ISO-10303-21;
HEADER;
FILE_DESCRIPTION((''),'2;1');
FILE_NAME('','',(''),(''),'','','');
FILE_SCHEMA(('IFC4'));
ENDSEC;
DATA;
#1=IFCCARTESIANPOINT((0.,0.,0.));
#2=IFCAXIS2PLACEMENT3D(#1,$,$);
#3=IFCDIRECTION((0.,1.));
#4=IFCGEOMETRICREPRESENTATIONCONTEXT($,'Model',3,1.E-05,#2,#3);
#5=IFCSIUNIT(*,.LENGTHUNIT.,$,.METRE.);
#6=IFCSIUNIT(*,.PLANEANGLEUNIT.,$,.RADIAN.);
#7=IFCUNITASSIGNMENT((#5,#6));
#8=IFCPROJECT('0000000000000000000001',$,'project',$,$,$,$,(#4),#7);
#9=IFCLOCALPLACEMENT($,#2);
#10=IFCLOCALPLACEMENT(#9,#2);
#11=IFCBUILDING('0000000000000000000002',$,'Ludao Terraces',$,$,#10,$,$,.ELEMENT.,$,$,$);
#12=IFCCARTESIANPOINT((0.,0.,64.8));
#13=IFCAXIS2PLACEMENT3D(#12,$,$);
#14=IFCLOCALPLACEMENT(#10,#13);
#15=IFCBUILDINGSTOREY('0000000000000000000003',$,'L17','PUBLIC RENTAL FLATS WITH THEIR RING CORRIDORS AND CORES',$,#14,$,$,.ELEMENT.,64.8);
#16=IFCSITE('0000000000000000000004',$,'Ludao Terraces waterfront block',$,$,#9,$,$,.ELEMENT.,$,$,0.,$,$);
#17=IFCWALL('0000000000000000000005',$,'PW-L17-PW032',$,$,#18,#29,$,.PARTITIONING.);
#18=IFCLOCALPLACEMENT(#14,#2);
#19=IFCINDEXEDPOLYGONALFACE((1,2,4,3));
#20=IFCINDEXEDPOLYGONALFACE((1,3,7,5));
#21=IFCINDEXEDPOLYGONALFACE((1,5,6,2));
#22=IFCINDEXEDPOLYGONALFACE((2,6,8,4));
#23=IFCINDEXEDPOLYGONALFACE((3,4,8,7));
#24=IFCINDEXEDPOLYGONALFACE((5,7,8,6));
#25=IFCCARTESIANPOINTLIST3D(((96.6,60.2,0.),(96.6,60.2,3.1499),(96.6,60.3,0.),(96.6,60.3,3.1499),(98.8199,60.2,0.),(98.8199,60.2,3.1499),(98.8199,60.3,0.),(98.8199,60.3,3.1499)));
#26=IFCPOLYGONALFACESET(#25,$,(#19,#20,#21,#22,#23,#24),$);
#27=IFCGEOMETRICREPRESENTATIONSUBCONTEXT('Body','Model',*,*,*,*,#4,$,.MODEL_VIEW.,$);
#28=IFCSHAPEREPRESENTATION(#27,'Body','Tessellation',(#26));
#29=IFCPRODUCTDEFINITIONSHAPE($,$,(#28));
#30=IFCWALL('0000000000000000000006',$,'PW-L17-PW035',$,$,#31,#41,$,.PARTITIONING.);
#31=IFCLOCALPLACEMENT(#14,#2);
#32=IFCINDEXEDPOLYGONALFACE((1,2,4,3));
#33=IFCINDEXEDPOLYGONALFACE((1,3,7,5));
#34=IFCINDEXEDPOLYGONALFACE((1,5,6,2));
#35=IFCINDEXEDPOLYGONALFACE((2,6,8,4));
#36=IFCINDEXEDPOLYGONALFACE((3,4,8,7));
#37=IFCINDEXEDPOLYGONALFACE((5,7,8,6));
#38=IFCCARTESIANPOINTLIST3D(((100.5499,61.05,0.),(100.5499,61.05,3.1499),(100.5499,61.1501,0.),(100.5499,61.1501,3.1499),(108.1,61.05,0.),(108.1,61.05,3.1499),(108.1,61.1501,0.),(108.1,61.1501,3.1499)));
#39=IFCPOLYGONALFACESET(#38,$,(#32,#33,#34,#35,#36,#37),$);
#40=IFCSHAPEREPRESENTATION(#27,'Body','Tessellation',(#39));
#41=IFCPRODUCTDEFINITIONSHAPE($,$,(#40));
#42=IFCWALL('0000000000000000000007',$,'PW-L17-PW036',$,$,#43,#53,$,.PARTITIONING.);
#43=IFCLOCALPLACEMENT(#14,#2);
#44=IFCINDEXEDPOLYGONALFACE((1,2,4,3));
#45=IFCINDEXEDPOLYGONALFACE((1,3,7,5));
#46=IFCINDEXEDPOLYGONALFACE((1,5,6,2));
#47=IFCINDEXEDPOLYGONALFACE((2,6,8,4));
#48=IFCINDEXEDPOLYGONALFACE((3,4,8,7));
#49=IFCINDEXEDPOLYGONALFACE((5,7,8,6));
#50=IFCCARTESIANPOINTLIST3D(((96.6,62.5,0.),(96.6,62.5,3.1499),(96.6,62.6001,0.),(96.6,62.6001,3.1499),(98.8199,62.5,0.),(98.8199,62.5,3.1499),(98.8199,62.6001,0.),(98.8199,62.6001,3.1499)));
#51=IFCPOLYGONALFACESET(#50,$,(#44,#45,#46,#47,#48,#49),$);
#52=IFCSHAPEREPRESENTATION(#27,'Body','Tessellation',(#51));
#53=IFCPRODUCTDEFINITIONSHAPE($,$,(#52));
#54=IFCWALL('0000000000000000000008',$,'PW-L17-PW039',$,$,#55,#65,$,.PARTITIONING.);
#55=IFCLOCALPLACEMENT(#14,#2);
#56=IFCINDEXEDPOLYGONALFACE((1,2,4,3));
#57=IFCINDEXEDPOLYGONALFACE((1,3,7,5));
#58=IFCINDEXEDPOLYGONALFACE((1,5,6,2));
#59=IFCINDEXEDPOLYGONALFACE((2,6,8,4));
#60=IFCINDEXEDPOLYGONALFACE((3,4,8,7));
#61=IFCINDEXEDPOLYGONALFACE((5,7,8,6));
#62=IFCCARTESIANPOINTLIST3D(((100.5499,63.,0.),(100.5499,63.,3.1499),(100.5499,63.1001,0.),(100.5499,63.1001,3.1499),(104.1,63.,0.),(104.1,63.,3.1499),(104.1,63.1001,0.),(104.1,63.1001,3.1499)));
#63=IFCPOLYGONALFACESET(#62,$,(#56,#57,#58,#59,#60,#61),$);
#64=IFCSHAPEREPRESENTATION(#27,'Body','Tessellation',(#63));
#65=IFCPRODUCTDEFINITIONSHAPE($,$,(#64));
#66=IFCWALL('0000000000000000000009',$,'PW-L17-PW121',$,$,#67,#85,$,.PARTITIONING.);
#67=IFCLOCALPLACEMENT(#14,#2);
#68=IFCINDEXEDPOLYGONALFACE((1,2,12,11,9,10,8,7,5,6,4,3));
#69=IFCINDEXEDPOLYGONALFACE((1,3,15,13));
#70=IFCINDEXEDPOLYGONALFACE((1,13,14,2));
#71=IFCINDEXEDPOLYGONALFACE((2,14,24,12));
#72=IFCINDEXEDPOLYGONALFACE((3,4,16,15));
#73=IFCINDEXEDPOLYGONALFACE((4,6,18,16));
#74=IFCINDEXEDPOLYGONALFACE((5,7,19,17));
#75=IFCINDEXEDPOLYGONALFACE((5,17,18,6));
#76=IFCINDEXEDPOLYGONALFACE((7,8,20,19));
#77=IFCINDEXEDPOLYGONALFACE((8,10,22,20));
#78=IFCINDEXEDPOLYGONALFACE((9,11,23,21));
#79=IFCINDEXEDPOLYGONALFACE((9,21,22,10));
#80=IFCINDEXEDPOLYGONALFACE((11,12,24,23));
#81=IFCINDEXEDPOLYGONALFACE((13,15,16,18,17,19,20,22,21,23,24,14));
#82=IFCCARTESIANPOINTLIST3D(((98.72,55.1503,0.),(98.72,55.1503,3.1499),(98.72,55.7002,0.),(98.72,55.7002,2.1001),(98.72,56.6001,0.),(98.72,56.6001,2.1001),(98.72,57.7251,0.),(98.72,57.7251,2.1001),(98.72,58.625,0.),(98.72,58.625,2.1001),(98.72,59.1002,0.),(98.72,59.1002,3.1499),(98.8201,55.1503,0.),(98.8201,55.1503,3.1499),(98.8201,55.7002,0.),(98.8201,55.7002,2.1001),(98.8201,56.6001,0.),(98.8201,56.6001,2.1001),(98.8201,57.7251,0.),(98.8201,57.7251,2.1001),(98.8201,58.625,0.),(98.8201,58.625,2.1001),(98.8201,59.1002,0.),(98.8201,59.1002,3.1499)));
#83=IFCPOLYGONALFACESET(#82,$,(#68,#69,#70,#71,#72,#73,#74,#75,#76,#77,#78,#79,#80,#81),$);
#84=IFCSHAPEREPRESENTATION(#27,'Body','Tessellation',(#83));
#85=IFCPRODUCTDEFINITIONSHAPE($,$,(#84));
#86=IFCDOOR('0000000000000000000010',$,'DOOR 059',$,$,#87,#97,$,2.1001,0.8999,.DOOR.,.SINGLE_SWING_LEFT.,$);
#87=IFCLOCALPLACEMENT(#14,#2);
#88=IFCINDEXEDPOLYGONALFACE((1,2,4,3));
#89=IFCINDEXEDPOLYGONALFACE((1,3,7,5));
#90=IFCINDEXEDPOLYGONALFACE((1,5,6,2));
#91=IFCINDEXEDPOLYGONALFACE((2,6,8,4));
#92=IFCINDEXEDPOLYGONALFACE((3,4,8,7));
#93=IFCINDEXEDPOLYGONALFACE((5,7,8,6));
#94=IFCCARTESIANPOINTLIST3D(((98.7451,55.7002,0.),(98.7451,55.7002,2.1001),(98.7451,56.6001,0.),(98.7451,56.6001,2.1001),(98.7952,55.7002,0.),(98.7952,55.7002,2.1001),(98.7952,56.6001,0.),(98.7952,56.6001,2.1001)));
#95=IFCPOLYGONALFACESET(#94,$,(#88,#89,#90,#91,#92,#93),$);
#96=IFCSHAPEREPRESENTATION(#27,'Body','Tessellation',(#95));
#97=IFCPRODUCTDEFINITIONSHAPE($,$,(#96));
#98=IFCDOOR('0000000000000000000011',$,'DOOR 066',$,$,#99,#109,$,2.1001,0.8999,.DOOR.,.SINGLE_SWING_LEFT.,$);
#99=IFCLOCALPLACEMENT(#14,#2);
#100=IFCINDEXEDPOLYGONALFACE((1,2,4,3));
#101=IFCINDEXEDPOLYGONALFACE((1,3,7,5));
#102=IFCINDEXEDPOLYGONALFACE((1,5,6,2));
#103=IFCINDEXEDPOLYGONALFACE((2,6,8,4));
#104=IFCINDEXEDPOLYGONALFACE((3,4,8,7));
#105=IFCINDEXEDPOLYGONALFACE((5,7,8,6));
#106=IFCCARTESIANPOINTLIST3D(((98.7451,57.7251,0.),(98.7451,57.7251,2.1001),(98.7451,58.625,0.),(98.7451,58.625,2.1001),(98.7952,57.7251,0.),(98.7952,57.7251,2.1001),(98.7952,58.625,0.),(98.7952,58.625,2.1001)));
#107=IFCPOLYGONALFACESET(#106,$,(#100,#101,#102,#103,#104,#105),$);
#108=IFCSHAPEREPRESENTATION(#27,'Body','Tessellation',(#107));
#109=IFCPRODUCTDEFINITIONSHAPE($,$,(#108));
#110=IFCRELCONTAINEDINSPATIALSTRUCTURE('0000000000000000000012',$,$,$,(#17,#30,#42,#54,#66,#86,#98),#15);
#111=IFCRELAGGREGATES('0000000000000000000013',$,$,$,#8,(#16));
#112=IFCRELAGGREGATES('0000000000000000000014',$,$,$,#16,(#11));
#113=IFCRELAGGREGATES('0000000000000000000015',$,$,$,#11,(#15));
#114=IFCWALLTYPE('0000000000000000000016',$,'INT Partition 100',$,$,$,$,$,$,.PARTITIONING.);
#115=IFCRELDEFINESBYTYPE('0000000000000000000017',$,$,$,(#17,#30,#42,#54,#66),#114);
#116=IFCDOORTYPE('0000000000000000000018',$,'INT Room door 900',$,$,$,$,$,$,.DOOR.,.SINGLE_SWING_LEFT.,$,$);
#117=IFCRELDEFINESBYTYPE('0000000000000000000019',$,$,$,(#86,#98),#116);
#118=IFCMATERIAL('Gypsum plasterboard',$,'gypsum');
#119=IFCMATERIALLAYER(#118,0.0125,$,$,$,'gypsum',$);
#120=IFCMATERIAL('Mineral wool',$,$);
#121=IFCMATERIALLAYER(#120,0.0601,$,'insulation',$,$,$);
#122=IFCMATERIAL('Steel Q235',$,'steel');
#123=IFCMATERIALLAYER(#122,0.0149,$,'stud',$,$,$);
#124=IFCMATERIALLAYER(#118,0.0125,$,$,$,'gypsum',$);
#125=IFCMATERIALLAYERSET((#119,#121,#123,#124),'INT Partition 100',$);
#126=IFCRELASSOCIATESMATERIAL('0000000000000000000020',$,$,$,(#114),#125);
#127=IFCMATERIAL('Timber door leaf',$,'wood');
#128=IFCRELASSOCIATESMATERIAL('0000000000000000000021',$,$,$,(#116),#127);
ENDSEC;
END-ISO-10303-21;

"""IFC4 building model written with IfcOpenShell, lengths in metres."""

from ifc_helpers import new_model, si_unit, direction, frame, frame_2d, origin, place, context, subcontext, project, spatial, rectangle, extrude, material, layer, layer_set, type_object, element, fill, save


model = new_model("IFC4")

# Units and contexts
model_context = context("Model", 3, precision=1e-05, world=origin(), true_north=direction((0.0, 1.0)))
body_context = subcontext(model_context, "Body", "Model", "MODEL_VIEW")
ifc_project = project(units=[si_unit("LENGTHUNIT", "METRE"), si_unit("PLANEANGLEUNIT", "RADIAN")], contexts=[model_context])

# Site, building, storey
site_placement = place(None, origin())
site = spatial("IfcSite", under=ifc_project, at=site_placement, Name="Ludao Terraces waterfront block", CompositionType="ELEMENT", RefElevation=0.0)
building_placement = place(site_placement, origin())
building = spatial("IfcBuilding", under=site, at=building_placement, Name="Ludao Terraces", CompositionType="ELEMENT")
storey_placement = place(building_placement, frame((0.0, 0.0, 64.8)))
storey = spatial("IfcBuildingStorey", under=building, at=storey_placement, Name="L17", Description="PUBLIC RENTAL FLATS WITH THEIR RING CORRIDORS AND CORES", CompositionType="ELEMENT", Elevation=64.8)

# Shared definitions
ifc_material_1 = material(Name="Steel Q235", Category="steel")

# Walls
ifc_material_2 = material(Name="Gypsum plasterboard", Category="gypsum")
ifc_layer_1 = layer(ifc_material_2, 0.0125, Category="gypsum")
ifc_material_3 = material(Name="Mineral wool")
ifc_layer_2 = layer(ifc_material_3, 0.0601, Name="insulation")
ifc_layer_3 = layer(ifc_material_1, 0.0149, Name="stud")
ifc_layer_4 = layer(ifc_material_2, 0.0125, Category="gypsum")
ifc_layer_set_1 = layer_set([ifc_layer_1, ifc_layer_2, ifc_layer_3, ifc_layer_4], Name="INT Partition 100")
wall_type_1 = type_object("IfcWallType", Name="INT Partition 100", PredefinedType="PARTITIONING", material=ifc_layer_set_1)
for number, where, z_axis, x_axis, name in (
    (1, (96.6001, 60.25, 0.0), (0.0, 0.0, 1.0), (1.0, 0.0, 0.0), "PW-L17-PW032"),
):
    element("IfcWall", number, at=place(storey_placement, frame(where, z_axis=z_axis, x_axis=x_axis)), inside=storey, type_object=wall_type_1, Name=name, PredefinedType="PARTITIONING", context=body_context, shape_type="SweptSolid", body=[
        extrude(rectangle(XDim=2.22, YDim=0.1001, at=frame_2d((1.1099, 0.0))), origin(), (0.0, 0.0, 1.0), 3.1499),
    ])
wall_1_placement = place(storey_placement, frame((100.55, 61.1001, 0.0), z_axis=(0.0, 0.0, 1.0), x_axis=(1.0, 0.0, 0.0)))
element("IfcWall", 2, at=wall_1_placement, inside=storey, type_object=wall_type_1, Name="PW-L17-PW035", PredefinedType="PARTITIONING", context=body_context, shape_type="SweptSolid", body=[
    extrude(rectangle(XDim=7.55, YDim=0.1001, at=frame_2d((3.7749, 0.0))), origin(), (0.0, 0.0, 1.0), 3.1499),
])
wall_2_placement = place(storey_placement, frame((96.6001, 62.55, 0.0), z_axis=(0.0, 0.0, 1.0), x_axis=(1.0, 0.0, 0.0)))
element("IfcWall", 3, at=wall_2_placement, inside=storey, type_object=wall_type_1, Name="PW-L17-PW036", PredefinedType="PARTITIONING", context=body_context, shape_type="SweptSolid", body=[
    extrude(rectangle(XDim=2.22, YDim=0.1001, at=frame_2d((1.1099, 0.0))), origin(), (0.0, 0.0, 1.0), 3.1499),
])
wall_3_placement = place(storey_placement, frame((100.55, 63.05, 0.0), z_axis=(0.0, 0.0, 1.0), x_axis=(1.0, 0.0, 0.0)))
element("IfcWall", 4, at=wall_3_placement, inside=storey, type_object=wall_type_1, Name="PW-L17-PW039", PredefinedType="PARTITIONING", context=body_context, shape_type="SweptSolid", body=[
    extrude(rectangle(XDim=3.55, YDim=0.1001, at=frame_2d((1.7749, 0.0))), origin(), (0.0, 0.0, 1.0), 3.1499),
])

# Wall, openings, doors
wall_4_placement = place(storey_placement, frame((98.77, 55.1501, 0.0), z_axis=(0.0, 0.0, 1.0), x_axis=(0.0, 1.0, 0.0)))
wall_4 = element("IfcWall", 5, at=wall_4_placement, inside=storey, type_object=wall_type_1, Name="PW-L17-PW121", PredefinedType="PARTITIONING", context=body_context, shape_type="SweptSolid", body=[
    extrude(rectangle(XDim=3.95, YDim=0.1001, at=frame_2d((1.9751, 0.0))), origin(), (0.0, 0.0, 1.0), 3.1499),
])
opening_1_placement = place(wall_4_placement, frame((0.55, 0.0, 0.0)))
opening_1 = element("IfcOpeningElement", 6, at=opening_1_placement, cuts=wall_4, PredefinedType="OPENING", context=body_context, shape_type="SweptSolid", body=[
    extrude(rectangle(XDim=0.8999, YDim=2.1001, at=frame_2d((0.45, 1.05))), frame((0.0, 0.0601, 0.0), z_axis=(0.0, -1.0, 0.0), x_axis=(1.0, 0.0, 0.0)), (0.0, 0.0, 1.0), 0.1201),
])
opening_2_placement = place(wall_4_placement, frame((2.575, 0.0, 0.0)))
opening_2 = element("IfcOpeningElement", 7, at=opening_2_placement, cuts=wall_4, PredefinedType="OPENING", context=body_context, shape_type="SweptSolid", body=[
    extrude(rectangle(XDim=0.8999, YDim=2.1001, at=frame_2d((0.45, 1.05))), frame((0.0, 0.0601, 0.0), z_axis=(0.0, -1.0, 0.0), x_axis=(1.0, 0.0, 0.0)), (0.0, 0.0, 1.0), 0.1201),
])
ifc_material_4 = material(Name="Timber door leaf", Category="wood")
door_type_1 = type_object("IfcDoorType", Name="INT Room door 900", OperationType="SINGLE_SWING_LEFT", PredefinedType="DOOR", material=ifc_material_4)
door_1_placement = place(opening_1_placement, origin())
door_1 = element("IfcDoor", 8, at=door_1_placement, inside=storey, type_object=door_type_1, Name="DOOR 059", OperationType="SINGLE_SWING_LEFT", OverallHeight=2.1001, OverallWidth=0.8999, PredefinedType="DOOR", context=body_context, shape_type="SweptSolid", body=[
    extrude(rectangle(XDim=0.8999, YDim=2.1001, at=frame_2d((0.45, 1.05))), frame((0.0, 0.0249, 0.0), z_axis=(0.0, -1.0, 0.0), x_axis=(1.0, 0.0, 0.0)), (0.0, 0.0, 1.0), 0.05),
])
fill(opening_1, door_1)
door_2_placement = place(opening_2_placement, origin())
door_2 = element("IfcDoor", 9, at=door_2_placement, inside=storey, type_object=door_type_1, Name="DOOR 066", OperationType="SINGLE_SWING_LEFT", OverallHeight=2.1001, OverallWidth=0.8999, PredefinedType="DOOR", context=body_context, shape_type="SweptSolid", body=[
    extrude(rectangle(XDim=0.8999, YDim=2.1001, at=frame_2d((0.45, 1.05))), frame((0.0, 0.0249, 0.0), z_axis=(0.0, -1.0, 0.0), x_axis=(1.0, 0.0, 0.0)), (0.0, 0.0, 1.0), 0.05),
])
fill(opening_2, door_2)

save(model, "model.ifc")
